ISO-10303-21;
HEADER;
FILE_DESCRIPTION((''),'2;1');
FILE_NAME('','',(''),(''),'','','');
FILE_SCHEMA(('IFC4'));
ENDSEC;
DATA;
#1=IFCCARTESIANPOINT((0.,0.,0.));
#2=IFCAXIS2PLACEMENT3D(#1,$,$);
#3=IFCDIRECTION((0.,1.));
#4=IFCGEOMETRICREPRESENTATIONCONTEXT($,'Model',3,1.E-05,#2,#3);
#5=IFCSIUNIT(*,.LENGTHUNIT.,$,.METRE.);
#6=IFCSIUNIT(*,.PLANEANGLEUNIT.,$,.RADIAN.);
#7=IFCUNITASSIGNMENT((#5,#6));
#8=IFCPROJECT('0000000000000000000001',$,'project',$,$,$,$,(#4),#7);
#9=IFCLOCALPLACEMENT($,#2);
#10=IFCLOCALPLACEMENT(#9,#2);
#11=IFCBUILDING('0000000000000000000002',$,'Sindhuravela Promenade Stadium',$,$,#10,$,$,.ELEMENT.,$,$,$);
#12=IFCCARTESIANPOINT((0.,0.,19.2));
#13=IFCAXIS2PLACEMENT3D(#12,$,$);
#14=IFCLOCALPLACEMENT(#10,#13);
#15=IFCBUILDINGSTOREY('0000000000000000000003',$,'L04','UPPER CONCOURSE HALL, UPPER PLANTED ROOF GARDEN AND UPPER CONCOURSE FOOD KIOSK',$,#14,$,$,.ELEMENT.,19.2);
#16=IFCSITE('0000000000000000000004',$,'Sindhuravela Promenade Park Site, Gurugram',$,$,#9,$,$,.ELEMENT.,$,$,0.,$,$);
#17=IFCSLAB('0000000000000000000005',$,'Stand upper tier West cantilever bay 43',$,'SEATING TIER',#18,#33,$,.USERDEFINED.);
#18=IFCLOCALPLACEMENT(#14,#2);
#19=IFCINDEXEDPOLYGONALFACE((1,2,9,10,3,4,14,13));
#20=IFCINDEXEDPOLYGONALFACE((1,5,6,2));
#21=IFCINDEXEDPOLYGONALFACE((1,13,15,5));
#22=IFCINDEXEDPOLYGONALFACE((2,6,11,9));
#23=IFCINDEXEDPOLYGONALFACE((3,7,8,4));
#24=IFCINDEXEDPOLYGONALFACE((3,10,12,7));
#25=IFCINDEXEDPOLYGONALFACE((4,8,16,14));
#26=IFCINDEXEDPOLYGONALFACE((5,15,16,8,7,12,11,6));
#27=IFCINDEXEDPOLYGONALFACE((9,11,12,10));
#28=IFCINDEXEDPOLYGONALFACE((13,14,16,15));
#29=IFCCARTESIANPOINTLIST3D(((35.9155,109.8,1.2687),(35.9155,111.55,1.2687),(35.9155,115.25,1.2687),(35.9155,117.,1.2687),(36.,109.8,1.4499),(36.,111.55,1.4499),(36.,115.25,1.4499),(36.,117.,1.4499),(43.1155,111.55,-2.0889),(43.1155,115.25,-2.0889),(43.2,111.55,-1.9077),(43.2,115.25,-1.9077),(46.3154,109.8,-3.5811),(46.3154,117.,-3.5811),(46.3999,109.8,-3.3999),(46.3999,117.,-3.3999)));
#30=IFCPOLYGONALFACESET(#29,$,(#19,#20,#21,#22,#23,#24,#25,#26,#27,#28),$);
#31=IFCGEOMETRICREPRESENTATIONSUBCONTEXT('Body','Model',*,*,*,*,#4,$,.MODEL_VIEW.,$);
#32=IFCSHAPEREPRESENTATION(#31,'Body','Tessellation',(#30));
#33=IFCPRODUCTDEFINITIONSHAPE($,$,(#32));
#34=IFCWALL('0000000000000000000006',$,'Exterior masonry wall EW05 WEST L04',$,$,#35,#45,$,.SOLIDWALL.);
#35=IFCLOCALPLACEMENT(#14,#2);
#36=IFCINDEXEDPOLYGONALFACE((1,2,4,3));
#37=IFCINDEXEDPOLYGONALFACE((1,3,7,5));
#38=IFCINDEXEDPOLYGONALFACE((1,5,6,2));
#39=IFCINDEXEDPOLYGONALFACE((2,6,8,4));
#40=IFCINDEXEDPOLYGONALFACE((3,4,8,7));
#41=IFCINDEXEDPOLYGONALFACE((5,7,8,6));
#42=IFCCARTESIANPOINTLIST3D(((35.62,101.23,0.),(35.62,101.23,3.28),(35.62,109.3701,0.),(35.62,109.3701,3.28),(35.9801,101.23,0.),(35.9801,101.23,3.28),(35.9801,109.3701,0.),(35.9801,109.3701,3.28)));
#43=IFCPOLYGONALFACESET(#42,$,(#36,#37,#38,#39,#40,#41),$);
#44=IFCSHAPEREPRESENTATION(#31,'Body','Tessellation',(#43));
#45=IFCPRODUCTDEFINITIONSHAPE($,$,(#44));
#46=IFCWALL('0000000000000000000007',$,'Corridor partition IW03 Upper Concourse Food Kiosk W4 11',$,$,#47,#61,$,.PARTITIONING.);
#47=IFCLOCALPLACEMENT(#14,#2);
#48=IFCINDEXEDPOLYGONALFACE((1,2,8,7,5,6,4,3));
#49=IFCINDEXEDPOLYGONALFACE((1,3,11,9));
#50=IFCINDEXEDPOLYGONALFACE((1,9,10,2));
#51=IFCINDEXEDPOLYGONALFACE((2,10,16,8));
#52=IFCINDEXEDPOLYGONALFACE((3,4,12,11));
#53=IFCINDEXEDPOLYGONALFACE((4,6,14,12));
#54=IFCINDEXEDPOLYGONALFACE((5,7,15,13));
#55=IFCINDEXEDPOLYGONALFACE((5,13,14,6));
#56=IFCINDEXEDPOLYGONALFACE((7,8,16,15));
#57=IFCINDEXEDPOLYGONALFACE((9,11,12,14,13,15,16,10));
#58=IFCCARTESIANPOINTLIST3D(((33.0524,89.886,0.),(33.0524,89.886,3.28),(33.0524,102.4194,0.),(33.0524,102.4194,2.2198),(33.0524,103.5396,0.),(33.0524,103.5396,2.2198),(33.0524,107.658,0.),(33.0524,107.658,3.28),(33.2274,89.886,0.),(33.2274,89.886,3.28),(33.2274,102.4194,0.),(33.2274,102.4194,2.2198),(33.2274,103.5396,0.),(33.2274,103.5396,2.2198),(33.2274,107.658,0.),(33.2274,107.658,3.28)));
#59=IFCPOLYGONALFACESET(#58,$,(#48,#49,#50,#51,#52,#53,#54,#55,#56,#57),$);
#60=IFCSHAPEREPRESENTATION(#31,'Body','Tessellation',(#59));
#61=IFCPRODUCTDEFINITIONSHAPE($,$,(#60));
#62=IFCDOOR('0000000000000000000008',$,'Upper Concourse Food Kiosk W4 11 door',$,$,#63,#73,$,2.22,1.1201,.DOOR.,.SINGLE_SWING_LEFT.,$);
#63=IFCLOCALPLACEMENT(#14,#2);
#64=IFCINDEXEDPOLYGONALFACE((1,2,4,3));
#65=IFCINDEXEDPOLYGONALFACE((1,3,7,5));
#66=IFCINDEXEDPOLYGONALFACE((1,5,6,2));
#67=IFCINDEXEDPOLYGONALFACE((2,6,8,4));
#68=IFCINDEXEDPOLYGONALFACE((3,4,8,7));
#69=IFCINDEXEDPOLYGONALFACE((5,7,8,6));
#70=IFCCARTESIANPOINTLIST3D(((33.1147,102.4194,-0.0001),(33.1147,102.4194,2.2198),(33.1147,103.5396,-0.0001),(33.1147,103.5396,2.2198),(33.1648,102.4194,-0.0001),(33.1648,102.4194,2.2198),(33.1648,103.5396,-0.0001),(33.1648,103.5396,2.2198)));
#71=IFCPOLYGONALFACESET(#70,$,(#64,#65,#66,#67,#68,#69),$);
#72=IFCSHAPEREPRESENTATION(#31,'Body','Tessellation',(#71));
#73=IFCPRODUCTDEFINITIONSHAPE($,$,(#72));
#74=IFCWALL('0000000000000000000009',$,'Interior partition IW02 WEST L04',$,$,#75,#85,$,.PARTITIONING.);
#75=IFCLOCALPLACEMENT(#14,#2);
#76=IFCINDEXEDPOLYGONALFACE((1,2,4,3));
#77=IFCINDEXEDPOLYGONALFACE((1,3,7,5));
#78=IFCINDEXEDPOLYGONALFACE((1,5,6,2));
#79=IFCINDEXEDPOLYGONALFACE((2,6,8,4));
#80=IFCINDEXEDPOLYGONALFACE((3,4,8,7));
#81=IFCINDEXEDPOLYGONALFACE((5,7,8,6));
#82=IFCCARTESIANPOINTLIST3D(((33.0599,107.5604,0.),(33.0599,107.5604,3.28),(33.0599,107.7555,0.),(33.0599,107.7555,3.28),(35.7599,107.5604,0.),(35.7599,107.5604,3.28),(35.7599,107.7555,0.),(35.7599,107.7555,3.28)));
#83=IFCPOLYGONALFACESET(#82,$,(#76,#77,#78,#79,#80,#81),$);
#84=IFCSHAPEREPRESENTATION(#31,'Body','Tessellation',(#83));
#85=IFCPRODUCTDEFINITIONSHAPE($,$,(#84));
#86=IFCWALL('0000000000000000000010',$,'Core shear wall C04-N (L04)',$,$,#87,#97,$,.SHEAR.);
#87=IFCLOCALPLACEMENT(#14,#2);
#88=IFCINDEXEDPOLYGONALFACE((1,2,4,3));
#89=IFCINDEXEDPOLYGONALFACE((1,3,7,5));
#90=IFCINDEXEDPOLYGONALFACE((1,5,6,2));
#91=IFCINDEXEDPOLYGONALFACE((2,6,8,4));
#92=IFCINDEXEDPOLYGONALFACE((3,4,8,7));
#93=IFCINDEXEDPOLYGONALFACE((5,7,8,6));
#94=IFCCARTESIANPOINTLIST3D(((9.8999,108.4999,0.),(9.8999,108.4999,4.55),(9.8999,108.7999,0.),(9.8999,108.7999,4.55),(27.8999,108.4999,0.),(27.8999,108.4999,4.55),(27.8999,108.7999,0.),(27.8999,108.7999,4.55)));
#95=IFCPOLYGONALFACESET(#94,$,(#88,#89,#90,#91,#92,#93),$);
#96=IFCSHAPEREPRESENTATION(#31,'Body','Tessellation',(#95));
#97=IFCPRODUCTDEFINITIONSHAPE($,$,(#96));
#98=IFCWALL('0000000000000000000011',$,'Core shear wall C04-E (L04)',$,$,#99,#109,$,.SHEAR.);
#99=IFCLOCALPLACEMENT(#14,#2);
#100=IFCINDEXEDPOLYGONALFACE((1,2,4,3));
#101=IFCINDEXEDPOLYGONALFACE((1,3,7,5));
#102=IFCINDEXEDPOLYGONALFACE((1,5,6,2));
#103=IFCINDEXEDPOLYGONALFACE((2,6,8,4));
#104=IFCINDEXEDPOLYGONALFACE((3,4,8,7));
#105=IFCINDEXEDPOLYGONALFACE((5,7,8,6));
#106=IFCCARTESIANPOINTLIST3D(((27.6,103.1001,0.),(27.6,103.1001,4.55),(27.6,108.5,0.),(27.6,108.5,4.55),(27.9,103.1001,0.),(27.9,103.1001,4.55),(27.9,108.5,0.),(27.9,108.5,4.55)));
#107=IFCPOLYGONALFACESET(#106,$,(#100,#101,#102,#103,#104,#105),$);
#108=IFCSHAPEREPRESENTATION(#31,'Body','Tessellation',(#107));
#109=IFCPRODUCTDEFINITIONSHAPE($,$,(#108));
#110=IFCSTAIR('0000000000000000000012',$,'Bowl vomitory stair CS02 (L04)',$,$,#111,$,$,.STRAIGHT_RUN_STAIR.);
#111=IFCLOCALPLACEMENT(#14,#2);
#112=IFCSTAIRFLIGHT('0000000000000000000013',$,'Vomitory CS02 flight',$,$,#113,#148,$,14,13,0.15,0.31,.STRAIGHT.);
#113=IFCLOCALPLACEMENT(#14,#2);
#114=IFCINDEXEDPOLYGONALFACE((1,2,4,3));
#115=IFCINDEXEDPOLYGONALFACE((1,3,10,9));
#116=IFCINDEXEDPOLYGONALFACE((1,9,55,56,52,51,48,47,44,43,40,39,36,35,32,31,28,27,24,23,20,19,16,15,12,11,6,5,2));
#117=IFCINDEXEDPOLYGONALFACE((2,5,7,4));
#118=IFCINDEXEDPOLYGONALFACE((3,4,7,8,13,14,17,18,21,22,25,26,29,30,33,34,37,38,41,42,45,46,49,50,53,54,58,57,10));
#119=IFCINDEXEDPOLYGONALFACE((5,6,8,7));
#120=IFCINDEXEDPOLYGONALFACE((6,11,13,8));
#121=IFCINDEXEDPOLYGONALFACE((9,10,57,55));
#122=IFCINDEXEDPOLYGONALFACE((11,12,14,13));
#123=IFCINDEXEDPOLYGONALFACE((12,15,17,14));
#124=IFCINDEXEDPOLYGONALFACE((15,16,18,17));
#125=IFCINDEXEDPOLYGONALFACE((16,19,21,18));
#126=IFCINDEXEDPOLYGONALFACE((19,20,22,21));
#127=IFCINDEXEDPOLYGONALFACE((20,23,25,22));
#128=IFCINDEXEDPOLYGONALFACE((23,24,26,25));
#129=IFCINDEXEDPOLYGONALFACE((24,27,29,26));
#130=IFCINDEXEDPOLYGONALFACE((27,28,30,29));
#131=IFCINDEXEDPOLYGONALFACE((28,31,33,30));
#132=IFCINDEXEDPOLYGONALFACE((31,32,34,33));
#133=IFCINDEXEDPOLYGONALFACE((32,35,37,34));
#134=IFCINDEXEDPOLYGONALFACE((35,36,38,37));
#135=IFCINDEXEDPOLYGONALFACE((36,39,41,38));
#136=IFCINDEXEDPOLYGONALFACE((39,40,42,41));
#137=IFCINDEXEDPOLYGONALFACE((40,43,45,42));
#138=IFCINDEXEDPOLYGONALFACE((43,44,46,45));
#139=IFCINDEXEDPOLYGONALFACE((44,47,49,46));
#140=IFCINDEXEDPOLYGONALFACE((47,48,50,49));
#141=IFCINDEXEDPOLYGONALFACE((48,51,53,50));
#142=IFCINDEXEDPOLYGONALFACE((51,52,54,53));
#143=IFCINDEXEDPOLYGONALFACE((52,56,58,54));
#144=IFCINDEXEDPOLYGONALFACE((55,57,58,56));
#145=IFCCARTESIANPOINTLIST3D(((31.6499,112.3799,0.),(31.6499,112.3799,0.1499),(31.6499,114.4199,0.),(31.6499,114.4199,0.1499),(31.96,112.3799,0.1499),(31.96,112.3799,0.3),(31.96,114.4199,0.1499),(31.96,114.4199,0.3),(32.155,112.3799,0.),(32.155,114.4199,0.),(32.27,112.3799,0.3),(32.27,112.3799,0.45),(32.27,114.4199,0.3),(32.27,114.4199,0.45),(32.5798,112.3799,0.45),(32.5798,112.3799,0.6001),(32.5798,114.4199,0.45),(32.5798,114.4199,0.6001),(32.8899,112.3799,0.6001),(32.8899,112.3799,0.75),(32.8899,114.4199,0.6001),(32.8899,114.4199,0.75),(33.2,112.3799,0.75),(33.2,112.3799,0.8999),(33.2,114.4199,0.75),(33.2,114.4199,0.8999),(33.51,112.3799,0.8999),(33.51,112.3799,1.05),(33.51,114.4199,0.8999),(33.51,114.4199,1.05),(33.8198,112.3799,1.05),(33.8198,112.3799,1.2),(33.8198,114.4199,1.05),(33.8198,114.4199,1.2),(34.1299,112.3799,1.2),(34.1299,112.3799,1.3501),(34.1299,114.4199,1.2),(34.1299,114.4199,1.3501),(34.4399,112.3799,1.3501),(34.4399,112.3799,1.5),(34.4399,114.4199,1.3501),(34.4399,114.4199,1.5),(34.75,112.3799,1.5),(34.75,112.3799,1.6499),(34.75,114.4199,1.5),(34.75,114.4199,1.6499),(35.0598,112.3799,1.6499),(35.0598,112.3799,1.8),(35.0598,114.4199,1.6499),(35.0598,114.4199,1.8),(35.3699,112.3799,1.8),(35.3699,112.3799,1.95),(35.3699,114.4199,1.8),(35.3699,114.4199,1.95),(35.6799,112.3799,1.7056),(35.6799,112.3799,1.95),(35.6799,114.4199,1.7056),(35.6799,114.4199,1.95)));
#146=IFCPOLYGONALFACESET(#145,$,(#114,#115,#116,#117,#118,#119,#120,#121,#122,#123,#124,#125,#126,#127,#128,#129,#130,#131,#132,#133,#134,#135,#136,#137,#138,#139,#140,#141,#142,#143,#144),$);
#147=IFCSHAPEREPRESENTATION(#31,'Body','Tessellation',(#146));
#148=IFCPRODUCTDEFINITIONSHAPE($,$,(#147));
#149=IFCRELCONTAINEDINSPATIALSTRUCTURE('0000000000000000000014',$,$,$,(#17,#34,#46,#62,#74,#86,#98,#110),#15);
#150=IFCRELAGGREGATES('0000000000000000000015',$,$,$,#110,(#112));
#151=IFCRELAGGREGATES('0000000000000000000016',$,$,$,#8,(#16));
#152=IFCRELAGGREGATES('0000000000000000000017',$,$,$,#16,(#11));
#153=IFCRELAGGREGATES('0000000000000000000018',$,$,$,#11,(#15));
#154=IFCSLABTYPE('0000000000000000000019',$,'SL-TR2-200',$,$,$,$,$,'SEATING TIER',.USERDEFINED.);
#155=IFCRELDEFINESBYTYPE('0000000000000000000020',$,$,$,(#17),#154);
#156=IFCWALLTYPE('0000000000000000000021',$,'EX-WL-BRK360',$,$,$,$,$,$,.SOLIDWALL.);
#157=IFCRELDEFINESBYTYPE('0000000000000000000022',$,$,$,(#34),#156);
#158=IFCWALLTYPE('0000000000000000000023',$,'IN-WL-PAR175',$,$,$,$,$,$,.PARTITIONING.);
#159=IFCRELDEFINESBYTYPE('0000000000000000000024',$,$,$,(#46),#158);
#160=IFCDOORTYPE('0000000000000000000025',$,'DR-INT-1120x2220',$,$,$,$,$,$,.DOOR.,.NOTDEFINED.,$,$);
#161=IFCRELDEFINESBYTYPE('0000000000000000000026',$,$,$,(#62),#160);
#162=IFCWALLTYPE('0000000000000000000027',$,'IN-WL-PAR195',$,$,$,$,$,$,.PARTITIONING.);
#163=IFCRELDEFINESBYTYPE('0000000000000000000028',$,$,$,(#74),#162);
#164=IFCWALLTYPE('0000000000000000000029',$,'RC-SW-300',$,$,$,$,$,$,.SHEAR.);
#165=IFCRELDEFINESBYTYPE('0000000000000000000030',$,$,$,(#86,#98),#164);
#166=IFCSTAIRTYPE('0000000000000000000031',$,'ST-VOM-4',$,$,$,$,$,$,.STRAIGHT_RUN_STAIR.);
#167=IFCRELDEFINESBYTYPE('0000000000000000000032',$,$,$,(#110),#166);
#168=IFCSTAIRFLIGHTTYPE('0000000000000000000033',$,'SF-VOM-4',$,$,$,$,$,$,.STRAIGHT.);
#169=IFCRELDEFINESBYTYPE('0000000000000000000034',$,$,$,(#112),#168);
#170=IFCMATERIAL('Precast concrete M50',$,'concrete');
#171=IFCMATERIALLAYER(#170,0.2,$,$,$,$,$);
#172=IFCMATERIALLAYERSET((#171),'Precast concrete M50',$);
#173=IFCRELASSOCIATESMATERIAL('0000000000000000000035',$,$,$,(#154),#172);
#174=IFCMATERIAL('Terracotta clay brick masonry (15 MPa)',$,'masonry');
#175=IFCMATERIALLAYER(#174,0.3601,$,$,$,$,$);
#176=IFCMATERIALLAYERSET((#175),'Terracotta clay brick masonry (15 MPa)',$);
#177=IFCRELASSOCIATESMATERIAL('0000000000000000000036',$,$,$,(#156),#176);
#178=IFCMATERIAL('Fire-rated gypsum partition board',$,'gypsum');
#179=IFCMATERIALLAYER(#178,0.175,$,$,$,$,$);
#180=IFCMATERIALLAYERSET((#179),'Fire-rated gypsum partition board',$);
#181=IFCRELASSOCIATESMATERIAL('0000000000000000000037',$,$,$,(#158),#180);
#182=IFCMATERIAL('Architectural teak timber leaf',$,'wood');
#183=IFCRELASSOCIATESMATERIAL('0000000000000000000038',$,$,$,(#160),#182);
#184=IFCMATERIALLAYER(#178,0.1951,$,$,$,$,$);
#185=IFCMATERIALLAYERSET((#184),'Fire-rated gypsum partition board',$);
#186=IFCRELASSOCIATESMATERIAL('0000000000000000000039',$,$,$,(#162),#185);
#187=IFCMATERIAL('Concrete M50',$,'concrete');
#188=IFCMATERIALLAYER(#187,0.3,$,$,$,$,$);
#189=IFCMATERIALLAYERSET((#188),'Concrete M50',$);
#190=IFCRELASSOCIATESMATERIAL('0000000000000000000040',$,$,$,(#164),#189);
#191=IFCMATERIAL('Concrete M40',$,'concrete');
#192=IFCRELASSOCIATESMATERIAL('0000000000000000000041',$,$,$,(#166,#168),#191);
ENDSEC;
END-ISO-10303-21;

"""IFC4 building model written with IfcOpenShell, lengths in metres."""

from ifc_helpers import new_model, si_unit, direction, frame, frame_2d, origin, place, context, subcontext, project, spatial, polyline, rectangle, outline, extrude, material, layer, layer_set, type_object, element, fill, aggregate, save


model = new_model("IFC4")

# Units and contexts
model_context = context("Model", 3, precision=1e-05, world=origin(), true_north=direction((0.0, 1.0)))
body_context = subcontext(model_context, "Body", "Model", "MODEL_VIEW")
ifc_project = project(units=[si_unit("LENGTHUNIT", "METRE"), si_unit("PLANEANGLEUNIT", "RADIAN")], contexts=[model_context])

# Site, building, storey
site_placement = place(None, origin())
site = spatial("IfcSite", under=ifc_project, at=site_placement, Name="Sindhuravela Promenade Park Site, Gurugram", CompositionType="ELEMENT", RefElevation=0.0)
building_placement = place(site_placement, origin())
building = spatial("IfcBuilding", under=site, at=building_placement, Name="Sindhuravela Promenade Stadium", CompositionType="ELEMENT")
storey_placement = place(building_placement, frame((0.0, 0.0, 19.2)))
storey = spatial("IfcBuildingStorey", under=building, at=storey_placement, Name="L04", Description="UPPER CONCOURSE HALL, UPPER PLANTED ROOF GARDEN AND UPPER CONCOURSE FOOD KIOSK", CompositionType="ELEMENT", Elevation=19.2)

# Shared definitions
ifc_material_1 = material(Name="Concrete M40", Category="concrete")

# Shared definitions
ifc_material_2 = material(Name="Concrete M50", Category="concrete")

# Slab
ifc_material_3 = material(Name="Precast concrete M50", Category="concrete")
ifc_layer_1 = layer(ifc_material_3, 0.2)
ifc_layer_set_1 = layer_set([ifc_layer_1], Name="Precast concrete M50")
slab_type_1 = type_object("IfcSlabType", Name="SL-TR2-200", ElementType="SEATING TIER", PredefinedType="USERDEFINED", material=ifc_layer_set_1)
slab_1_placement = place(storey_placement, frame((46.3999, 109.8, -3.3999), z_axis=(0.422636, 0.0, 0.9063), x_axis=(0.0, 1.0, 0.0)))
element("IfcSlab", 1, at=slab_1_placement, inside=storey, type_object=slab_type_1, Name="Stand upper tier West cantilever bay 43", ObjectType="SEATING TIER", PredefinedType="USERDEFINED", context=body_context, shape_type="SweptSolid", body=[
    extrude(outline(polyline([(0.0, 0.0), (7.2, 0.0), (7.2, 11.4751), (5.45, 11.4751), (5.45, 3.5308), (1.75, 3.5308), (1.75, 11.4751), (0.0, 11.4751), (0.0, 0.0)])), origin(), (0.0, 0.0, -1.0), 0.2),
])

# Wall
ifc_material_4 = material(Name="Terracotta clay brick masonry (15 MPa)", Category="masonry")
ifc_layer_2 = layer(ifc_material_4, 0.3601)
ifc_layer_set_2 = layer_set([ifc_layer_2], Name="Terracotta clay brick masonry (15 MPa)")
wall_type_1 = type_object("IfcWallType", Name="EX-WL-BRK360", PredefinedType="SOLIDWALL", material=ifc_layer_set_2)
wall_1_placement = place(storey_placement, frame((35.8, 109.3701, 0.0), z_axis=(0.0, 0.0, 1.0), x_axis=(0.0, -1.0, 0.0)))
element("IfcWall", 2, at=wall_1_placement, inside=storey, type_object=wall_type_1, Name="Exterior masonry wall EW05 WEST L04", PredefinedType="SOLIDWALL", context=body_context, shape_type="SweptSolid", body=[
    extrude(rectangle(XDim=8.1401, YDim=0.3601, at=frame_2d((4.0701, 0.0))), origin(), (0.0, 0.0, 1.0), 3.28),
])

# Wall, opening, door
ifc_material_5 = material(Name="Fire-rated gypsum partition board", Category="gypsum")
ifc_layer_3 = layer(ifc_material_5, 0.175)
ifc_layer_set_3 = layer_set([ifc_layer_3], Name="Fire-rated gypsum partition board")
wall_type_2 = type_object("IfcWallType", Name="IN-WL-PAR175", PredefinedType="PARTITIONING", material=ifc_layer_set_3)
wall_2_placement = place(storey_placement, frame((33.1399, 107.658, 0.0), z_axis=(0.0, 0.0, 1.0), x_axis=(0.0, -1.0, 0.0)))
wall_2 = element("IfcWall", 3, at=wall_2_placement, inside=storey, type_object=wall_type_2, Name="Corridor partition IW03 Upper Concourse Food Kiosk W4 11", PredefinedType="PARTITIONING", context=body_context, shape_type="SweptSolid", body=[
    extrude(rectangle(XDim=17.772, YDim=0.175, at=frame_2d((8.886, 0.0))), origin(), (0.0, 0.0, 1.0), 3.28),
])
opening_placement = place(wall_2_placement, frame((4.1184, 0.0, 0.0)))
opening = element("IfcOpeningElement", 4, at=opening_placement, cuts=wall_2, PredefinedType="OPENING", context=body_context, shape_type="SweptSolid", body=[
    extrude(rectangle(XDim=1.1201, YDim=2.22, at=frame_2d((0.5601, 1.1099))), frame((0.0, 0.0974, 0.0), z_axis=(0.0, -1.0, 0.0), x_axis=(1.0, 0.0, 0.0)), (0.0, 0.0, 1.0), 0.1951),
])
ifc_material_6 = material(Name="Architectural teak timber leaf", Category="wood")
door_type = type_object("IfcDoorType", Name="DR-INT-1120x2220", OperationType="NOTDEFINED", PredefinedType="DOOR", material=ifc_material_6)
door_placement = place(opening_placement, origin())
door = element("IfcDoor", 5, at=door_placement, inside=storey, type_object=door_type, Name="Upper Concourse Food Kiosk W4 11 door", OperationType="SINGLE_SWING_LEFT", OverallHeight=2.22, OverallWidth=1.1201, PredefinedType="DOOR", context=body_context, shape_type="SweptSolid", body=[
    extrude(rectangle(XDim=1.1201, YDim=2.22, at=frame_2d((0.5601, 1.1099))), frame((0.0, 0.0249, 0.0), z_axis=(0.0, -1.0, 0.0), x_axis=(1.0, 0.0, 0.0)), (0.0, 0.0, 1.0), 0.05),
])
fill(opening, door)

# Walls
ifc_layer_4 = layer(ifc_material_5, 0.1951)
ifc_layer_set_4 = layer_set([ifc_layer_4], Name="Fire-rated gypsum partition board")
wall_type_3 = type_object("IfcWallType", Name="IN-WL-PAR195", PredefinedType="PARTITIONING", material=ifc_layer_set_4)
wall_3_placement = place(storey_placement, frame((35.76, 107.658, 0.0), z_axis=(0.0, 0.0, 1.0), x_axis=(-1.0, 0.0, 0.0)))
element("IfcWall", 6, at=wall_3_placement, inside=storey, type_object=wall_type_3, Name="Interior partition IW02 WEST L04", PredefinedType="PARTITIONING", context=body_context, shape_type="SweptSolid", body=[
    extrude(rectangle(XDim=2.7, YDim=0.1951, at=frame_2d((1.3501, 0.0))), origin(), (0.0, 0.0, 1.0), 3.28),
])
ifc_layer_5 = layer(ifc_material_2, 0.3)
ifc_layer_set_5 = layer_set([ifc_layer_5], Name="Concrete M50")
wall_type_4 = type_object("IfcWallType", Name="RC-SW-300", PredefinedType="SHEAR", material=ifc_layer_set_5)
wall_4_placement = place(storey_placement, frame((27.8999, 108.6499, 0.0), z_axis=(0.0, 0.0, 1.0), x_axis=(-1.0, 0.0, 0.0)))
element("IfcWall", 7, at=wall_4_placement, inside=storey, type_object=wall_type_4, Name="Core shear wall C04-N (L04)", PredefinedType="SHEAR", context=body_context, shape_type="SweptSolid", body=[
    extrude(rectangle(XDim=18.0, YDim=0.3, at=frame_2d((9.0, 0.0))), origin(), (0.0, 0.0, 1.0), 4.55),
])
wall_5_placement = place(storey_placement, frame((27.75, 103.1001, 0.0), z_axis=(0.0, 0.0, 1.0), x_axis=(0.0, 1.0, 0.0)))
element("IfcWall", 8, at=wall_5_placement, inside=storey, type_object=wall_type_4, Name="Core shear wall C04-E (L04)", PredefinedType="SHEAR", context=body_context, shape_type="SweptSolid", body=[
    extrude(rectangle(XDim=5.3999, YDim=0.3, at=frame_2d((2.7, 0.0))), origin(), (0.0, 0.0, 1.0), 4.55),
])

# Stair, stair flight
stair_type = type_object("IfcStairType", Name="ST-VOM-4", PredefinedType="STRAIGHT_RUN_STAIR", material=ifc_material_1)
stair_placement = place(storey_placement, origin())
stair = element("IfcStair", 9, at=stair_placement, inside=storey, type_object=stair_type, Name="Bowl vomitory stair CS02 (L04)", PredefinedType="STRAIGHT_RUN_STAIR")
stair_flight_type = type_object("IfcStairFlightType", Name="SF-VOM-4", PredefinedType="STRAIGHT", material=ifc_material_1)
stair_flight_placement = place(storey_placement, frame((31.6499, 113.3999, 0.0), z_axis=(0.0, 0.0, 1.0), x_axis=(1.0, 0.0, 0.0)))
stair_flight = element("IfcStairFlight", 10, at=stair_flight_placement, type_object=stair_flight_type, Name="Vomitory CS02 flight", NumberOfRisers=14, NumberOfTreads=13, PredefinedType="STRAIGHT", RiserHeight=0.15, TreadLength=0.31, context=body_context, shape_type="SweptSolid", body=[
    extrude(outline(polyline([(0.0, 0.0), (0.0, 0.1499), (0.3101, 0.1499), (0.3101, 0.3), (0.6201, 0.3), (0.6201, 0.45), (0.9299, 0.45), (0.9299, 0.6001), (1.24, 0.6001), (1.24, 0.75), (1.55, 0.75), (1.55, 0.8999), (1.8601, 0.8999), (1.8601, 1.05), (2.1699, 1.05), (2.1699, 1.2), (2.48, 1.2), (2.48, 1.3501), (2.79, 1.3501), (2.79, 1.5), (3.1001, 1.5), (3.1001, 1.6499), (3.4099, 1.6499), (3.4099, 1.8), (3.72, 1.8), (3.72, 1.95), (4.03, 1.95), (4.03, 2.1001), (4.03, 1.7056), (0.5051, 0.0), (0.0, 0.0)])), frame((0.0, 1.02, 0.0), z_axis=(0.0, -1.0, 0.0), x_axis=(1.0, 0.0, 0.0)), (0.0, 0.0, 1.0), 2.04),
])
aggregate(stair, [stair_flight])

save(model, "model.ifc")
